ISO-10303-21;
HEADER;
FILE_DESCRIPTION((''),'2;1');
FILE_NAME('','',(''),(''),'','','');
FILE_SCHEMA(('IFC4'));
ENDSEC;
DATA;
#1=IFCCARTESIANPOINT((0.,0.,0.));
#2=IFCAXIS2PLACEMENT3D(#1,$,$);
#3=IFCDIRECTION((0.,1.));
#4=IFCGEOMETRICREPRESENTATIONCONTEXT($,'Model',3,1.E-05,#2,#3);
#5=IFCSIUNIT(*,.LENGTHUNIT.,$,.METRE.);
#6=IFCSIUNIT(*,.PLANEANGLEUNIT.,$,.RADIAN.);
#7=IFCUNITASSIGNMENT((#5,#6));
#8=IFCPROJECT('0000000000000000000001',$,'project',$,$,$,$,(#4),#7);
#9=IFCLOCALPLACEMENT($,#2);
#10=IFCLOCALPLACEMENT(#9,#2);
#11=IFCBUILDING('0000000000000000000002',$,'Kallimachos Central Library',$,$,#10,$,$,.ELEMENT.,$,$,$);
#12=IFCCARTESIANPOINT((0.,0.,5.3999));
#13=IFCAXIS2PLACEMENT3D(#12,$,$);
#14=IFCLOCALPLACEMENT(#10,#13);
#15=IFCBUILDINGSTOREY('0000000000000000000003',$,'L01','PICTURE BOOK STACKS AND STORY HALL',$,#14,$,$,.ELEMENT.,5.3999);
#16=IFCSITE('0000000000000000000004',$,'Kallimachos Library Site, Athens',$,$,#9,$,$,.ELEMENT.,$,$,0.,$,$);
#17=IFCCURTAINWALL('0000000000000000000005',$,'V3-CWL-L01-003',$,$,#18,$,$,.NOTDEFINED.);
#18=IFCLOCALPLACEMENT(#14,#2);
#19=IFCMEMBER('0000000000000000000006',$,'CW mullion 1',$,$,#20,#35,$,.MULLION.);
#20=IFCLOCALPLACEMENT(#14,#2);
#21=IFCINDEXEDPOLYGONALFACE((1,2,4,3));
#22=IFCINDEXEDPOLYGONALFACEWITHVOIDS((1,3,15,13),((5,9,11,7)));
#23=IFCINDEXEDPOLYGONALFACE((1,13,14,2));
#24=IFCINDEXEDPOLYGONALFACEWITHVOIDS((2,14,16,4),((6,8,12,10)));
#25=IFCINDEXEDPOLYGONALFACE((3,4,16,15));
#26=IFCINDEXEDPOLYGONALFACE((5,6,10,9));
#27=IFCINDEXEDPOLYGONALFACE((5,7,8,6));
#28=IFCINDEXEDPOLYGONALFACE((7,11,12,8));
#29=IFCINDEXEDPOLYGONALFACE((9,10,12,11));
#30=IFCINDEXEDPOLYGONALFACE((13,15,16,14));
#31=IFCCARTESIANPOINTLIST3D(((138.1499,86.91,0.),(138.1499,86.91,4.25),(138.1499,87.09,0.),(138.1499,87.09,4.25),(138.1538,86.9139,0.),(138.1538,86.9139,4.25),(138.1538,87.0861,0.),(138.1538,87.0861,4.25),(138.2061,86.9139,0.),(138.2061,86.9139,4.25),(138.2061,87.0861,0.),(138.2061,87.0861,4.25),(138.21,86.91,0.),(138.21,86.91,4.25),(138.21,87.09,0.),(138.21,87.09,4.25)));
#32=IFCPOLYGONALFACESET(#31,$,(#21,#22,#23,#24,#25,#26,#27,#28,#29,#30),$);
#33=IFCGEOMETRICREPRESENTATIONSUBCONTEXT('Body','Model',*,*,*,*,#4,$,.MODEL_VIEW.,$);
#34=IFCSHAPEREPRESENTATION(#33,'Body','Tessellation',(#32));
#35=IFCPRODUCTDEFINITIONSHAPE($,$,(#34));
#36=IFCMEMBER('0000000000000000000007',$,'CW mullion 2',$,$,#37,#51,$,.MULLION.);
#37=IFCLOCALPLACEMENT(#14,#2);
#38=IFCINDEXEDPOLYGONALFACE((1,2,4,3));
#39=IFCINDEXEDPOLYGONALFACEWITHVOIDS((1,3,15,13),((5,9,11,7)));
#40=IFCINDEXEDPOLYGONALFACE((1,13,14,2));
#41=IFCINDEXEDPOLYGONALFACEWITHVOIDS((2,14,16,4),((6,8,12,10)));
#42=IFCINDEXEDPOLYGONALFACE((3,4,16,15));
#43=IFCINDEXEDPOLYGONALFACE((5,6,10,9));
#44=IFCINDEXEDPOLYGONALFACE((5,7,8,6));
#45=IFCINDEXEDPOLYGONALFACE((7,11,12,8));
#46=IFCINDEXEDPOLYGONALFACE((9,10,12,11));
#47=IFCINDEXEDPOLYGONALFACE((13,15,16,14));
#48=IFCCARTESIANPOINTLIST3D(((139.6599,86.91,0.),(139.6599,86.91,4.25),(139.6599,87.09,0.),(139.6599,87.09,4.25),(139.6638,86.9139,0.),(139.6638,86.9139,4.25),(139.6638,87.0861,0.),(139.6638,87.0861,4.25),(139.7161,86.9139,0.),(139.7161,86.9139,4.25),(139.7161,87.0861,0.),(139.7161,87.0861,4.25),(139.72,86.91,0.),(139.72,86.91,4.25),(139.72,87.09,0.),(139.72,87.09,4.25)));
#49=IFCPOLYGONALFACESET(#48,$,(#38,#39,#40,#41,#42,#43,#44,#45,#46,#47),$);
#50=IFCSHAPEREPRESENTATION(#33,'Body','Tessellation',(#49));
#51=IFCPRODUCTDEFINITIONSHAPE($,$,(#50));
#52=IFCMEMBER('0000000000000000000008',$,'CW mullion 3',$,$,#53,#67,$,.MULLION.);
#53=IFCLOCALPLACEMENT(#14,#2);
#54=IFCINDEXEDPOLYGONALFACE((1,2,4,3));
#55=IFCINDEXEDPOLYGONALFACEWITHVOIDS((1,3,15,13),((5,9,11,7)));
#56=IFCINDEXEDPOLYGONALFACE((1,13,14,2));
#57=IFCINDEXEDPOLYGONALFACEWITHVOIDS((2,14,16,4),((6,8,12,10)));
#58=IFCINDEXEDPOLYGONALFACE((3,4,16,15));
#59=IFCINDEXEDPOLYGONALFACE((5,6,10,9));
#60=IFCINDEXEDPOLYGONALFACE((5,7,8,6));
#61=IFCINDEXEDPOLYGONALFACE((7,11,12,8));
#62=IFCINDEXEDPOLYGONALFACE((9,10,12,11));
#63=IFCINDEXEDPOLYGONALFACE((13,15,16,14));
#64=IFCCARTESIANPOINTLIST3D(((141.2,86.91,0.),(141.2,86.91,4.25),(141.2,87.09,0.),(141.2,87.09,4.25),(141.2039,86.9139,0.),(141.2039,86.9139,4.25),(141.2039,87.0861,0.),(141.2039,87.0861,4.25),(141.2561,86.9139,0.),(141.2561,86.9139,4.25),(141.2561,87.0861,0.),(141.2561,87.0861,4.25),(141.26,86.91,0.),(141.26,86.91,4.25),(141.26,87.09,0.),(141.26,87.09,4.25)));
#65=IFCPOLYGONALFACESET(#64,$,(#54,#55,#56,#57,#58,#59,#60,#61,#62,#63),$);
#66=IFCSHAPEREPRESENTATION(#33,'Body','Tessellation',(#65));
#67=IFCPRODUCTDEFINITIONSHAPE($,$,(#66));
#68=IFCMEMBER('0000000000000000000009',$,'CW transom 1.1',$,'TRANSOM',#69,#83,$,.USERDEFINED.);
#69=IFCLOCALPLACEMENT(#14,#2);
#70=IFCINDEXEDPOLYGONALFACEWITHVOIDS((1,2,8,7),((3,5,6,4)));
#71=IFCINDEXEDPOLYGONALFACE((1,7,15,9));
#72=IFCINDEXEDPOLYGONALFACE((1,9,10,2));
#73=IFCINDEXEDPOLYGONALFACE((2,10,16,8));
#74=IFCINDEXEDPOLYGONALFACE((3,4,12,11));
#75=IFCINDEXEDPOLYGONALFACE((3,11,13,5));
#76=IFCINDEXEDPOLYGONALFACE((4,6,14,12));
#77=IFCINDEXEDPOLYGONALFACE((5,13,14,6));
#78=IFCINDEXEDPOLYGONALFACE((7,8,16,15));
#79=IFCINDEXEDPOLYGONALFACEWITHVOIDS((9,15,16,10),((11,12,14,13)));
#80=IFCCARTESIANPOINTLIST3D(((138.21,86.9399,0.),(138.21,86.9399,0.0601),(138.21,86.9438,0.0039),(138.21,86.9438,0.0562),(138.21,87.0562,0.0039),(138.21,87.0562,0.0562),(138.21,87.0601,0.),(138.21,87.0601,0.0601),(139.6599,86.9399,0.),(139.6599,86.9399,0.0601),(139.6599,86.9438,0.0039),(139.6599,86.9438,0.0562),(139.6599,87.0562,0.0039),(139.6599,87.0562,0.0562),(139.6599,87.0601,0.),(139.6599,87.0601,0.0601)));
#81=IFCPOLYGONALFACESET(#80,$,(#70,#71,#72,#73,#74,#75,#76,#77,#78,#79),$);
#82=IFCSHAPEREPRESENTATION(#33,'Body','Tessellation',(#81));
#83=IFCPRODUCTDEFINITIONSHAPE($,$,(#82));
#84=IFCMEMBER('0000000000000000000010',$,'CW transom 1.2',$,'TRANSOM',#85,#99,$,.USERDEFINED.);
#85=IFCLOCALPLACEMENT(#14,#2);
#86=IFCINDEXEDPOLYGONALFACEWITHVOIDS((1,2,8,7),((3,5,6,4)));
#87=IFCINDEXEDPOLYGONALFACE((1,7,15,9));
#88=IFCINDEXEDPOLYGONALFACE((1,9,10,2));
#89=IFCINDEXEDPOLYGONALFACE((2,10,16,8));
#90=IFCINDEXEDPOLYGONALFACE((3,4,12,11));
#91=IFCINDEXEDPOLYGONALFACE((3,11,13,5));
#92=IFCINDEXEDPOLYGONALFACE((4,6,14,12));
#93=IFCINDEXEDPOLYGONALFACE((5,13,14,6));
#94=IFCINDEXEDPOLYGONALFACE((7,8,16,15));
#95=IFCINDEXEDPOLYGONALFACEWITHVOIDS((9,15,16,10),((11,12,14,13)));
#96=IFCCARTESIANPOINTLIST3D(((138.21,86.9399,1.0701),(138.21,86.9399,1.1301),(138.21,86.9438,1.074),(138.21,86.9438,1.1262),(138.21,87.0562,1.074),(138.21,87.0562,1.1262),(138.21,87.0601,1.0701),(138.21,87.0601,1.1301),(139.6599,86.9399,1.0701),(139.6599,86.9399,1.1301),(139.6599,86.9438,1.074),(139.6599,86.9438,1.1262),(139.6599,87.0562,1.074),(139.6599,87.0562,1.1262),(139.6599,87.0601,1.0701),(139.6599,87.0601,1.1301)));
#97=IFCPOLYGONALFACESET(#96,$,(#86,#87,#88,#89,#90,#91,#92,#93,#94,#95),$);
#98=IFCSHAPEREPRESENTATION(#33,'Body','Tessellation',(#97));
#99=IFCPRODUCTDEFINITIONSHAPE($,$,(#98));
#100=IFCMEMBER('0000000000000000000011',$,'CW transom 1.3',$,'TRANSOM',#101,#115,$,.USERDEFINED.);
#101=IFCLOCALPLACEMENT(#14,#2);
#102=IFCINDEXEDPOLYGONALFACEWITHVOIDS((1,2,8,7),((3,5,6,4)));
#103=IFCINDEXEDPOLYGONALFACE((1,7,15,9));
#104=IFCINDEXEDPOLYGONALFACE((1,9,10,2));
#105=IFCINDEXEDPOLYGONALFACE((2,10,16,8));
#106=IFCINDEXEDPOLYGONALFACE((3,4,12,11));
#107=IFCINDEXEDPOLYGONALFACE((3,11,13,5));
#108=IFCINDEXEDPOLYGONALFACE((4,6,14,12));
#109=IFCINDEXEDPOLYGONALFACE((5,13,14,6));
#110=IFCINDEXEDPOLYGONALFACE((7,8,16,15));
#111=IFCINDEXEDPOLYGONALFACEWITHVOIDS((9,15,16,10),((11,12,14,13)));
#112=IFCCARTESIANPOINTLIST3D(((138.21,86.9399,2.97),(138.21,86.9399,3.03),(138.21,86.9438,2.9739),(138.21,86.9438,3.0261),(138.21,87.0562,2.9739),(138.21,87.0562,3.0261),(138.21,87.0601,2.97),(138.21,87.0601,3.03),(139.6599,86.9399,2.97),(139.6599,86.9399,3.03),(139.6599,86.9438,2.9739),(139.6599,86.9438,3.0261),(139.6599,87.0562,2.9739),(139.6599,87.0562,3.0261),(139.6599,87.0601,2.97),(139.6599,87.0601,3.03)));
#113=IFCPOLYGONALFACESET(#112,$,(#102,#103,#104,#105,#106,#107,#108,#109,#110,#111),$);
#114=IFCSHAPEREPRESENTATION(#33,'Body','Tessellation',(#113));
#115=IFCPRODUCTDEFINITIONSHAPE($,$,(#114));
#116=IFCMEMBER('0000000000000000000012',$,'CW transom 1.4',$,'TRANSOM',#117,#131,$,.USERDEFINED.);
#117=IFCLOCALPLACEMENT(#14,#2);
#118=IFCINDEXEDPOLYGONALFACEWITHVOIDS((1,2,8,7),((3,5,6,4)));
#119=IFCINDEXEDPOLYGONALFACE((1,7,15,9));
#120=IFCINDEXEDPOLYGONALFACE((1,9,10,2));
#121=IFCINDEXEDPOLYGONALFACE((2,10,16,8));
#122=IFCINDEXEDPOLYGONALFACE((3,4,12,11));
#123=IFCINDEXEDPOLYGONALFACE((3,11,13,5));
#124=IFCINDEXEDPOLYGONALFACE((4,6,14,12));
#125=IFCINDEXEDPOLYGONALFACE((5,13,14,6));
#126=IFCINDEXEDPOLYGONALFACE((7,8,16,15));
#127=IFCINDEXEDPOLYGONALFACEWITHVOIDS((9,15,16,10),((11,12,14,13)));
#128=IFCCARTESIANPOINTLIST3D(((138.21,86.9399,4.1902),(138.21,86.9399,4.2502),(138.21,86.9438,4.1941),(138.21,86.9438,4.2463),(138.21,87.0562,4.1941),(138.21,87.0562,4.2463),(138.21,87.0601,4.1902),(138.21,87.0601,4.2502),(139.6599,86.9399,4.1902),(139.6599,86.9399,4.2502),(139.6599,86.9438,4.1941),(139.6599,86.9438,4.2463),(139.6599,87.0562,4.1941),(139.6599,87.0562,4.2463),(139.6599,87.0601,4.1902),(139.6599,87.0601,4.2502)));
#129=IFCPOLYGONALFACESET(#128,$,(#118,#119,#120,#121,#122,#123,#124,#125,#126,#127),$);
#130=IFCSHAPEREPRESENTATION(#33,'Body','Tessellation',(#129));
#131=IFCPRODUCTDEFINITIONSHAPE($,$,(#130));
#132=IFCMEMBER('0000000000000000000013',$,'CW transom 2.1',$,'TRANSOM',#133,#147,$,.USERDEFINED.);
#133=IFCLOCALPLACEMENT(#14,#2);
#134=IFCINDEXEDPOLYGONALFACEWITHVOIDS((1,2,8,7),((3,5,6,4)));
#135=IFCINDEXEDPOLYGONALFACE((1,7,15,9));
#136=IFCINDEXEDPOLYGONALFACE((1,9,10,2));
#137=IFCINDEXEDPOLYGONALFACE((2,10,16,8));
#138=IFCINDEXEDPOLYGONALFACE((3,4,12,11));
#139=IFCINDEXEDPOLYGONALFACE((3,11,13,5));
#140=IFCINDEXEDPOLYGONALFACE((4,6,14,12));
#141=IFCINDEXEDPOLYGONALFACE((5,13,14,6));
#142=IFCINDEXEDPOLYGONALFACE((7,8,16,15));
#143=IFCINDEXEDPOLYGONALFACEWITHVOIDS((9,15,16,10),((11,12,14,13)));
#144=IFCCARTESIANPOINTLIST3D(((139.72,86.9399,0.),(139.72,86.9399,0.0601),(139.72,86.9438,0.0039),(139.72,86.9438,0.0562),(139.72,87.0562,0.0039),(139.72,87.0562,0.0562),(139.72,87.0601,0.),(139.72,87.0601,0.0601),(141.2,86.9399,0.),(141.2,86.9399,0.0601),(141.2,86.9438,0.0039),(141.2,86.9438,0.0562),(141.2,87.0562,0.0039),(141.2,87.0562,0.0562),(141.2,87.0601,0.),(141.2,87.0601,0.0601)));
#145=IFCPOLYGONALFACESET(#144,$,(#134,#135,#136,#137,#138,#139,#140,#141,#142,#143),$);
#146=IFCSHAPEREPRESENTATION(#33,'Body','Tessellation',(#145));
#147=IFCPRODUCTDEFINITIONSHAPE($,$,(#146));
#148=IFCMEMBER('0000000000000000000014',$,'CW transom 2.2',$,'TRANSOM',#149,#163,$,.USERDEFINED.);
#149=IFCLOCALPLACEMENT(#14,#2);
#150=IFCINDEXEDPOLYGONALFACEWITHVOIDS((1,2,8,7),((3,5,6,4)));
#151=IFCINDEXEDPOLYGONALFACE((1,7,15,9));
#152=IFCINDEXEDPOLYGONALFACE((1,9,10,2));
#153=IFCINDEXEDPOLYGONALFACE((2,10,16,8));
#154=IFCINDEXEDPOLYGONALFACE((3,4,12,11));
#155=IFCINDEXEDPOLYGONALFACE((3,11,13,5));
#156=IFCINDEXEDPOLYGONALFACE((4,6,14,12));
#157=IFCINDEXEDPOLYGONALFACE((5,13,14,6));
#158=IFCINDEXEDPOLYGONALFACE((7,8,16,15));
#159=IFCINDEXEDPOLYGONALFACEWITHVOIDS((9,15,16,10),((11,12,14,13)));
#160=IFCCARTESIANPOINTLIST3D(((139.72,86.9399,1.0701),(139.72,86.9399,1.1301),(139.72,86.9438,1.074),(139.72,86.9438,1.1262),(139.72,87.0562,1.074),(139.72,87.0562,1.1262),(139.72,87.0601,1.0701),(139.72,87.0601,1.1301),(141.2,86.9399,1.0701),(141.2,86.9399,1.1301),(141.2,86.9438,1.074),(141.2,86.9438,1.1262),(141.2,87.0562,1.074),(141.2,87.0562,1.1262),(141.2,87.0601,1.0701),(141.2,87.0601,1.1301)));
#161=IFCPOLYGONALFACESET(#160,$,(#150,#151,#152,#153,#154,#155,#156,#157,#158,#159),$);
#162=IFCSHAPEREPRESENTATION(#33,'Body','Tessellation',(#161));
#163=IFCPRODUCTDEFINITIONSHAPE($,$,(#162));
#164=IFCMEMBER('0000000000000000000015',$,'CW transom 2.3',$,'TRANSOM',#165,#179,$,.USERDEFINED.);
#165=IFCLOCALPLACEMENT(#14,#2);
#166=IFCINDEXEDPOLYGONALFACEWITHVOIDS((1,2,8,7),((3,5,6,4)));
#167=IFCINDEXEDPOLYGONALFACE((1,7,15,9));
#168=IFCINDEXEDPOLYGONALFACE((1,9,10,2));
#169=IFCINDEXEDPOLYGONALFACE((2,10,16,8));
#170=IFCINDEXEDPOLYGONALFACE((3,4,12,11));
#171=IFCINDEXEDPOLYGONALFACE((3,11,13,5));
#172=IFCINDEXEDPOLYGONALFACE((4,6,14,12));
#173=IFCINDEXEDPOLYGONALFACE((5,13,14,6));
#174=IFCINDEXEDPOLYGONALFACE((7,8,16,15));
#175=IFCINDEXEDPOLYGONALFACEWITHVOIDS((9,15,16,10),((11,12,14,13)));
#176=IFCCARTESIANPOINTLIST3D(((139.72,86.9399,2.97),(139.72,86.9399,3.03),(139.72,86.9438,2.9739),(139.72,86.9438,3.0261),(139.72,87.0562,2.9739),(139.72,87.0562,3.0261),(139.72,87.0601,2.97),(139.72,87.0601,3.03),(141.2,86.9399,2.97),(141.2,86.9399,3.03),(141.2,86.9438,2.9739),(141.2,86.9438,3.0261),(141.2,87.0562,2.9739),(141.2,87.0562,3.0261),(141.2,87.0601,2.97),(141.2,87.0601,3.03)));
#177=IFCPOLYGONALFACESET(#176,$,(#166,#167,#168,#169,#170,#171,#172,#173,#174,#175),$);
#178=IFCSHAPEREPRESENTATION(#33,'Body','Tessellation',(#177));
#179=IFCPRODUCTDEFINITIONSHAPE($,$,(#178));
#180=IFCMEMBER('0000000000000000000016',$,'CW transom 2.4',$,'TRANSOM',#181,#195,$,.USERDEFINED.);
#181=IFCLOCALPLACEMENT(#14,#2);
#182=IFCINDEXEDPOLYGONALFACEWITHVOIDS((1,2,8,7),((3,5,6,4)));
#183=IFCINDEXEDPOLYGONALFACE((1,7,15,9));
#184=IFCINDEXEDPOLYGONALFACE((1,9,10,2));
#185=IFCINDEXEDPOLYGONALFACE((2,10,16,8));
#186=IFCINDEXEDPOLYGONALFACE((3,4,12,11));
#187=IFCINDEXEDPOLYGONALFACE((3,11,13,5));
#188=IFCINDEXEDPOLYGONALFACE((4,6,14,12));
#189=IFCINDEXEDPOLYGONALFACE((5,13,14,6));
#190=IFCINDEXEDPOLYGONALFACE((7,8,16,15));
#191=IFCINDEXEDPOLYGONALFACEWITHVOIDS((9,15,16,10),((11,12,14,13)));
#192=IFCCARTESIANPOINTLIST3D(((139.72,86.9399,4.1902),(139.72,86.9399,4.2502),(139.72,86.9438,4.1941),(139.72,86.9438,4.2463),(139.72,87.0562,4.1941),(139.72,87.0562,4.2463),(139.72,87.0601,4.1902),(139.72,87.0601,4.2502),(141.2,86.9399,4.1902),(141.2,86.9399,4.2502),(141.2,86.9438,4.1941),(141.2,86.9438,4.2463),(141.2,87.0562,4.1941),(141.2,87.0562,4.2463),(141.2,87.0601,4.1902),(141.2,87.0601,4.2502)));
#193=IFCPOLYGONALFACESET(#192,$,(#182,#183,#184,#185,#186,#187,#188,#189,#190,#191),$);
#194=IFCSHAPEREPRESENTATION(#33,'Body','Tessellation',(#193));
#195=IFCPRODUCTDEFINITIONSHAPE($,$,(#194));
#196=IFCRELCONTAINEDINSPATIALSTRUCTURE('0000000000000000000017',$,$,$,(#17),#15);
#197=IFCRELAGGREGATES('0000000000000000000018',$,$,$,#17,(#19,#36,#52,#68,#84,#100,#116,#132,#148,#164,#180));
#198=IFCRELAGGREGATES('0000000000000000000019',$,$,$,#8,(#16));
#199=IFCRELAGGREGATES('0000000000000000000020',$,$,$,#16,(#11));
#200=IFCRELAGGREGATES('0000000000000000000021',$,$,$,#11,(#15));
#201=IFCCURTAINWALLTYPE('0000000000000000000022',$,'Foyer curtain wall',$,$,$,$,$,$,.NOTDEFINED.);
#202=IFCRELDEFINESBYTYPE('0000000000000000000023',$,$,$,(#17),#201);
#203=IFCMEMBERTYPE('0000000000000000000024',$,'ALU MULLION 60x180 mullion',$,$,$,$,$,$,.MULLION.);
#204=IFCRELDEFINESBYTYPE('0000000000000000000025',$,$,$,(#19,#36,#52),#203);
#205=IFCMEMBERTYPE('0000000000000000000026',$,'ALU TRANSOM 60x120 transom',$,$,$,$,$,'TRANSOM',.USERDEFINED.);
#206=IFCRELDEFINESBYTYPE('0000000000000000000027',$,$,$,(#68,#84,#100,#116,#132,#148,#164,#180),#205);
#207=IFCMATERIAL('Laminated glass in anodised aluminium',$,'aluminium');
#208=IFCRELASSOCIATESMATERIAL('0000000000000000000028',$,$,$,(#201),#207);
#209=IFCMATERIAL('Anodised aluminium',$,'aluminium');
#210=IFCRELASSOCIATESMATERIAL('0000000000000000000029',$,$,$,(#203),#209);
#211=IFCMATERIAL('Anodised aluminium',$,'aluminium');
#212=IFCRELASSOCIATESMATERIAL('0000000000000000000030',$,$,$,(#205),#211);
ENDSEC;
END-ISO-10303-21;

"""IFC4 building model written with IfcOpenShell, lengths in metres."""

from ifc_helpers import new_model, si_unit, direction, frame, origin, origin_2d, place, context, subcontext, project, spatial, hollow_rectangle, extrude, material, material_profile, profile_set, type_object, element, aggregate, save


model = new_model("IFC4")

# Units and contexts
model_context = context("Model", 3, precision=1e-05, world=origin(), true_north=direction((0.0, 1.0)))
body_context = subcontext(model_context, "Body", "Model", "MODEL_VIEW")
ifc_project = project(units=[si_unit("LENGTHUNIT", "METRE"), si_unit("PLANEANGLEUNIT", "RADIAN")], contexts=[model_context])

# Site, building, storey
site_placement = place(None, origin())
site = spatial("IfcSite", under=ifc_project, at=site_placement, Name="Kallimachos Library Site, Athens", CompositionType="ELEMENT", RefElevation=0.0)
building_placement = place(site_placement, origin())
building = spatial("IfcBuilding", under=site, at=building_placement, Name="Kallimachos Central Library", CompositionType="ELEMENT")
storey_placement = place(building_placement, frame((0.0, 0.0, 5.3999)))
storey = spatial("IfcBuildingStorey", under=building, at=storey_placement, Name="L01", Description="PICTURE BOOK STACKS AND STORY HALL", CompositionType="ELEMENT", Elevation=5.3999)

# Curtain wall, members
ifc_material_1 = material(Name="Laminated glass in anodised aluminium", Category="aluminium")
curtain_wall_type = type_object("IfcCurtainWallType", Name="Foyer curtain wall", PredefinedType="NOTDEFINED", material=ifc_material_1)
curtain_wall_placement = place(storey_placement, origin())
curtain_wall = element("IfcCurtainWall", 1, at=curtain_wall_placement, inside=storey, type_object=curtain_wall_type, Name="V3-CWL-L01-003", PredefinedType="NOTDEFINED")
ifc_material_2 = material(Name="Anodised aluminium", Category="aluminium")
ifc_material_profile_1 = material_profile(ifc_material_2, hollow_rectangle(XDim=0.0601, YDim=0.1799, WallThickness=0.0039, at=origin_2d()), Name="ALU MULLION 60x180")
ifc_profile_set_1 = profile_set([ifc_material_profile_1], Name="Anodised aluminium")
member_type_1 = type_object("IfcMemberType", Name="ALU MULLION 60x180 mullion", PredefinedType="MULLION", material=ifc_profile_set_1)
member_1_placement = place(storey_placement, frame((138.1799, 87.0, 0.0), z_axis=(0.0, 0.0, 1.0), x_axis=(1.0, 0.0, 0.0)))
member_1 = element("IfcMember", 2, at=member_1_placement, type_object=member_type_1, Name="CW mullion 1", PredefinedType="MULLION", context=body_context, shape_type="SweptSolid", body=[
    extrude(hollow_rectangle(XDim=0.0601, YDim=0.1799, WallThickness=0.0039, at=origin_2d()), origin(), (0.0, 0.0, 1.0), 4.25),
])
member_2_placement = place(storey_placement, frame((139.6899, 87.0, 0.0), z_axis=(0.0, 0.0, 1.0), x_axis=(1.0, 0.0, 0.0)))
member_2 = element("IfcMember", 3, at=member_2_placement, type_object=member_type_1, Name="CW mullion 2", PredefinedType="MULLION", context=body_context, shape_type="SweptSolid", body=[
    extrude(hollow_rectangle(XDim=0.0601, YDim=0.1799, WallThickness=0.0039, at=origin_2d()), origin(), (0.0, 0.0, 1.0), 4.25),
])
member_3_placement = place(storey_placement, frame((141.23, 87.0, 0.0), z_axis=(0.0, 0.0, 1.0), x_axis=(1.0, 0.0, 0.0)))
member_3 = element("IfcMember", 4, at=member_3_placement, type_object=member_type_1, Name="CW mullion 3", PredefinedType="MULLION", context=body_context, shape_type="SweptSolid", body=[
    extrude(hollow_rectangle(XDim=0.0601, YDim=0.1799, WallThickness=0.0039, at=origin_2d()), origin(), (0.0, 0.0, 1.0), 4.25),
])
ifc_material_3 = material(Name="Anodised aluminium", Category="aluminium")
ifc_material_profile_2 = material_profile(ifc_material_3, hollow_rectangle(XDim=0.0601, YDim=0.1201, WallThickness=0.0039, at=origin_2d()), Name="ALU TRANSOM 60x120")
ifc_profile_set_2 = profile_set([ifc_material_profile_2], Name="Anodised aluminium")
member_type_2 = type_object("IfcMemberType", Name="ALU TRANSOM 60x120 transom", ElementType="TRANSOM", PredefinedType="USERDEFINED", material=ifc_profile_set_2)
member_4_placement = place(storey_placement, frame((138.21, 87.0, 0.03), z_axis=(1.0, 0.0, 0.0), x_axis=(0.0, 0.0, 1.0)))
member_4 = element("IfcMember", 5, at=member_4_placement, type_object=member_type_2, Name="CW transom 1.1", ObjectType="TRANSOM", PredefinedType="USERDEFINED", context=body_context, shape_type="SweptSolid", body=[
    extrude(hollow_rectangle(XDim=0.0601, YDim=0.1201, WallThickness=0.0039, at=origin_2d()), origin(), (0.0, 0.0, 1.0), 1.45),
])
member_5_placement = place(storey_placement, frame((138.21, 87.0, 1.1001), z_axis=(1.0, 0.0, 0.0), x_axis=(0.0, 0.0, 1.0)))
member_5 = element("IfcMember", 6, at=member_5_placement, type_object=member_type_2, Name="CW transom 1.2", ObjectType="TRANSOM", PredefinedType="USERDEFINED", context=body_context, shape_type="SweptSolid", body=[
    extrude(hollow_rectangle(XDim=0.0601, YDim=0.1201, WallThickness=0.0039, at=origin_2d()), origin(), (0.0, 0.0, 1.0), 1.45),
])
member_6_placement = place(storey_placement, frame((138.21, 87.0, 3.0), z_axis=(1.0, 0.0, 0.0), x_axis=(0.0, 0.0, 1.0)))
member_6 = element("IfcMember", 7, at=member_6_placement, type_object=member_type_2, Name="CW transom 1.3", ObjectType="TRANSOM", PredefinedType="USERDEFINED", context=body_context, shape_type="SweptSolid", body=[
    extrude(hollow_rectangle(XDim=0.0601, YDim=0.1201, WallThickness=0.0039, at=origin_2d()), origin(), (0.0, 0.0, 1.0), 1.45),
])
member_7_placement = place(storey_placement, frame((138.21, 87.0, 4.2202), z_axis=(1.0, 0.0, 0.0), x_axis=(0.0, 0.0, 1.0)))
member_7 = element("IfcMember", 8, at=member_7_placement, type_object=member_type_2, Name="CW transom 1.4", ObjectType="TRANSOM", PredefinedType="USERDEFINED", context=body_context, shape_type="SweptSolid", body=[
    extrude(hollow_rectangle(XDim=0.0601, YDim=0.1201, WallThickness=0.0039, at=origin_2d()), origin(), (0.0, 0.0, 1.0), 1.45),
])
member_8_placement = place(storey_placement, frame((139.72, 87.0, 0.03), z_axis=(1.0, 0.0, 0.0), x_axis=(0.0, 0.0, 1.0)))
member_8 = element("IfcMember", 9, at=member_8_placement, type_object=member_type_2, Name="CW transom 2.1", ObjectType="TRANSOM", PredefinedType="USERDEFINED", context=body_context, shape_type="SweptSolid", body=[
    extrude(hollow_rectangle(XDim=0.0601, YDim=0.1201, WallThickness=0.0039, at=origin_2d()), origin(), (0.0, 0.0, 1.0), 1.48),
])
member_9_placement = place(storey_placement, frame((139.72, 87.0, 1.1001), z_axis=(1.0, 0.0, 0.0), x_axis=(0.0, 0.0, 1.0)))
member_9 = element("IfcMember", 10, at=member_9_placement, type_object=member_type_2, Name="CW transom 2.2", ObjectType="TRANSOM", PredefinedType="USERDEFINED", context=body_context, shape_type="SweptSolid", body=[
    extrude(hollow_rectangle(XDim=0.0601, YDim=0.1201, WallThickness=0.0039, at=origin_2d()), origin(), (0.0, 0.0, 1.0), 1.48),
])
member_10_placement = place(storey_placement, frame((139.72, 87.0, 3.0), z_axis=(1.0, 0.0, 0.0), x_axis=(0.0, 0.0, 1.0)))
member_10 = element("IfcMember", 11, at=member_10_placement, type_object=member_type_2, Name="CW transom 2.3", ObjectType="TRANSOM", PredefinedType="USERDEFINED", context=body_context, shape_type="SweptSolid", body=[
    extrude(hollow_rectangle(XDim=0.0601, YDim=0.1201, WallThickness=0.0039, at=origin_2d()), origin(), (0.0, 0.0, 1.0), 1.48),
])
member_11_placement = place(storey_placement, frame((139.72, 87.0, 4.2202), z_axis=(1.0, 0.0, 0.0), x_axis=(0.0, 0.0, 1.0)))
member_11 = element("IfcMember", 12, at=member_11_placement, type_object=member_type_2, Name="CW transom 2.4", ObjectType="TRANSOM", PredefinedType="USERDEFINED", context=body_context, shape_type="SweptSolid", body=[
    extrude(hollow_rectangle(XDim=0.0601, YDim=0.1201, WallThickness=0.0039, at=origin_2d()), origin(), (0.0, 0.0, 1.0), 1.48),
])
aggregate(curtain_wall, [member_1, member_2, member_3, member_4, member_5, member_6, member_7, member_8, member_9, member_10, member_11])

save(model, "model.ifc")
